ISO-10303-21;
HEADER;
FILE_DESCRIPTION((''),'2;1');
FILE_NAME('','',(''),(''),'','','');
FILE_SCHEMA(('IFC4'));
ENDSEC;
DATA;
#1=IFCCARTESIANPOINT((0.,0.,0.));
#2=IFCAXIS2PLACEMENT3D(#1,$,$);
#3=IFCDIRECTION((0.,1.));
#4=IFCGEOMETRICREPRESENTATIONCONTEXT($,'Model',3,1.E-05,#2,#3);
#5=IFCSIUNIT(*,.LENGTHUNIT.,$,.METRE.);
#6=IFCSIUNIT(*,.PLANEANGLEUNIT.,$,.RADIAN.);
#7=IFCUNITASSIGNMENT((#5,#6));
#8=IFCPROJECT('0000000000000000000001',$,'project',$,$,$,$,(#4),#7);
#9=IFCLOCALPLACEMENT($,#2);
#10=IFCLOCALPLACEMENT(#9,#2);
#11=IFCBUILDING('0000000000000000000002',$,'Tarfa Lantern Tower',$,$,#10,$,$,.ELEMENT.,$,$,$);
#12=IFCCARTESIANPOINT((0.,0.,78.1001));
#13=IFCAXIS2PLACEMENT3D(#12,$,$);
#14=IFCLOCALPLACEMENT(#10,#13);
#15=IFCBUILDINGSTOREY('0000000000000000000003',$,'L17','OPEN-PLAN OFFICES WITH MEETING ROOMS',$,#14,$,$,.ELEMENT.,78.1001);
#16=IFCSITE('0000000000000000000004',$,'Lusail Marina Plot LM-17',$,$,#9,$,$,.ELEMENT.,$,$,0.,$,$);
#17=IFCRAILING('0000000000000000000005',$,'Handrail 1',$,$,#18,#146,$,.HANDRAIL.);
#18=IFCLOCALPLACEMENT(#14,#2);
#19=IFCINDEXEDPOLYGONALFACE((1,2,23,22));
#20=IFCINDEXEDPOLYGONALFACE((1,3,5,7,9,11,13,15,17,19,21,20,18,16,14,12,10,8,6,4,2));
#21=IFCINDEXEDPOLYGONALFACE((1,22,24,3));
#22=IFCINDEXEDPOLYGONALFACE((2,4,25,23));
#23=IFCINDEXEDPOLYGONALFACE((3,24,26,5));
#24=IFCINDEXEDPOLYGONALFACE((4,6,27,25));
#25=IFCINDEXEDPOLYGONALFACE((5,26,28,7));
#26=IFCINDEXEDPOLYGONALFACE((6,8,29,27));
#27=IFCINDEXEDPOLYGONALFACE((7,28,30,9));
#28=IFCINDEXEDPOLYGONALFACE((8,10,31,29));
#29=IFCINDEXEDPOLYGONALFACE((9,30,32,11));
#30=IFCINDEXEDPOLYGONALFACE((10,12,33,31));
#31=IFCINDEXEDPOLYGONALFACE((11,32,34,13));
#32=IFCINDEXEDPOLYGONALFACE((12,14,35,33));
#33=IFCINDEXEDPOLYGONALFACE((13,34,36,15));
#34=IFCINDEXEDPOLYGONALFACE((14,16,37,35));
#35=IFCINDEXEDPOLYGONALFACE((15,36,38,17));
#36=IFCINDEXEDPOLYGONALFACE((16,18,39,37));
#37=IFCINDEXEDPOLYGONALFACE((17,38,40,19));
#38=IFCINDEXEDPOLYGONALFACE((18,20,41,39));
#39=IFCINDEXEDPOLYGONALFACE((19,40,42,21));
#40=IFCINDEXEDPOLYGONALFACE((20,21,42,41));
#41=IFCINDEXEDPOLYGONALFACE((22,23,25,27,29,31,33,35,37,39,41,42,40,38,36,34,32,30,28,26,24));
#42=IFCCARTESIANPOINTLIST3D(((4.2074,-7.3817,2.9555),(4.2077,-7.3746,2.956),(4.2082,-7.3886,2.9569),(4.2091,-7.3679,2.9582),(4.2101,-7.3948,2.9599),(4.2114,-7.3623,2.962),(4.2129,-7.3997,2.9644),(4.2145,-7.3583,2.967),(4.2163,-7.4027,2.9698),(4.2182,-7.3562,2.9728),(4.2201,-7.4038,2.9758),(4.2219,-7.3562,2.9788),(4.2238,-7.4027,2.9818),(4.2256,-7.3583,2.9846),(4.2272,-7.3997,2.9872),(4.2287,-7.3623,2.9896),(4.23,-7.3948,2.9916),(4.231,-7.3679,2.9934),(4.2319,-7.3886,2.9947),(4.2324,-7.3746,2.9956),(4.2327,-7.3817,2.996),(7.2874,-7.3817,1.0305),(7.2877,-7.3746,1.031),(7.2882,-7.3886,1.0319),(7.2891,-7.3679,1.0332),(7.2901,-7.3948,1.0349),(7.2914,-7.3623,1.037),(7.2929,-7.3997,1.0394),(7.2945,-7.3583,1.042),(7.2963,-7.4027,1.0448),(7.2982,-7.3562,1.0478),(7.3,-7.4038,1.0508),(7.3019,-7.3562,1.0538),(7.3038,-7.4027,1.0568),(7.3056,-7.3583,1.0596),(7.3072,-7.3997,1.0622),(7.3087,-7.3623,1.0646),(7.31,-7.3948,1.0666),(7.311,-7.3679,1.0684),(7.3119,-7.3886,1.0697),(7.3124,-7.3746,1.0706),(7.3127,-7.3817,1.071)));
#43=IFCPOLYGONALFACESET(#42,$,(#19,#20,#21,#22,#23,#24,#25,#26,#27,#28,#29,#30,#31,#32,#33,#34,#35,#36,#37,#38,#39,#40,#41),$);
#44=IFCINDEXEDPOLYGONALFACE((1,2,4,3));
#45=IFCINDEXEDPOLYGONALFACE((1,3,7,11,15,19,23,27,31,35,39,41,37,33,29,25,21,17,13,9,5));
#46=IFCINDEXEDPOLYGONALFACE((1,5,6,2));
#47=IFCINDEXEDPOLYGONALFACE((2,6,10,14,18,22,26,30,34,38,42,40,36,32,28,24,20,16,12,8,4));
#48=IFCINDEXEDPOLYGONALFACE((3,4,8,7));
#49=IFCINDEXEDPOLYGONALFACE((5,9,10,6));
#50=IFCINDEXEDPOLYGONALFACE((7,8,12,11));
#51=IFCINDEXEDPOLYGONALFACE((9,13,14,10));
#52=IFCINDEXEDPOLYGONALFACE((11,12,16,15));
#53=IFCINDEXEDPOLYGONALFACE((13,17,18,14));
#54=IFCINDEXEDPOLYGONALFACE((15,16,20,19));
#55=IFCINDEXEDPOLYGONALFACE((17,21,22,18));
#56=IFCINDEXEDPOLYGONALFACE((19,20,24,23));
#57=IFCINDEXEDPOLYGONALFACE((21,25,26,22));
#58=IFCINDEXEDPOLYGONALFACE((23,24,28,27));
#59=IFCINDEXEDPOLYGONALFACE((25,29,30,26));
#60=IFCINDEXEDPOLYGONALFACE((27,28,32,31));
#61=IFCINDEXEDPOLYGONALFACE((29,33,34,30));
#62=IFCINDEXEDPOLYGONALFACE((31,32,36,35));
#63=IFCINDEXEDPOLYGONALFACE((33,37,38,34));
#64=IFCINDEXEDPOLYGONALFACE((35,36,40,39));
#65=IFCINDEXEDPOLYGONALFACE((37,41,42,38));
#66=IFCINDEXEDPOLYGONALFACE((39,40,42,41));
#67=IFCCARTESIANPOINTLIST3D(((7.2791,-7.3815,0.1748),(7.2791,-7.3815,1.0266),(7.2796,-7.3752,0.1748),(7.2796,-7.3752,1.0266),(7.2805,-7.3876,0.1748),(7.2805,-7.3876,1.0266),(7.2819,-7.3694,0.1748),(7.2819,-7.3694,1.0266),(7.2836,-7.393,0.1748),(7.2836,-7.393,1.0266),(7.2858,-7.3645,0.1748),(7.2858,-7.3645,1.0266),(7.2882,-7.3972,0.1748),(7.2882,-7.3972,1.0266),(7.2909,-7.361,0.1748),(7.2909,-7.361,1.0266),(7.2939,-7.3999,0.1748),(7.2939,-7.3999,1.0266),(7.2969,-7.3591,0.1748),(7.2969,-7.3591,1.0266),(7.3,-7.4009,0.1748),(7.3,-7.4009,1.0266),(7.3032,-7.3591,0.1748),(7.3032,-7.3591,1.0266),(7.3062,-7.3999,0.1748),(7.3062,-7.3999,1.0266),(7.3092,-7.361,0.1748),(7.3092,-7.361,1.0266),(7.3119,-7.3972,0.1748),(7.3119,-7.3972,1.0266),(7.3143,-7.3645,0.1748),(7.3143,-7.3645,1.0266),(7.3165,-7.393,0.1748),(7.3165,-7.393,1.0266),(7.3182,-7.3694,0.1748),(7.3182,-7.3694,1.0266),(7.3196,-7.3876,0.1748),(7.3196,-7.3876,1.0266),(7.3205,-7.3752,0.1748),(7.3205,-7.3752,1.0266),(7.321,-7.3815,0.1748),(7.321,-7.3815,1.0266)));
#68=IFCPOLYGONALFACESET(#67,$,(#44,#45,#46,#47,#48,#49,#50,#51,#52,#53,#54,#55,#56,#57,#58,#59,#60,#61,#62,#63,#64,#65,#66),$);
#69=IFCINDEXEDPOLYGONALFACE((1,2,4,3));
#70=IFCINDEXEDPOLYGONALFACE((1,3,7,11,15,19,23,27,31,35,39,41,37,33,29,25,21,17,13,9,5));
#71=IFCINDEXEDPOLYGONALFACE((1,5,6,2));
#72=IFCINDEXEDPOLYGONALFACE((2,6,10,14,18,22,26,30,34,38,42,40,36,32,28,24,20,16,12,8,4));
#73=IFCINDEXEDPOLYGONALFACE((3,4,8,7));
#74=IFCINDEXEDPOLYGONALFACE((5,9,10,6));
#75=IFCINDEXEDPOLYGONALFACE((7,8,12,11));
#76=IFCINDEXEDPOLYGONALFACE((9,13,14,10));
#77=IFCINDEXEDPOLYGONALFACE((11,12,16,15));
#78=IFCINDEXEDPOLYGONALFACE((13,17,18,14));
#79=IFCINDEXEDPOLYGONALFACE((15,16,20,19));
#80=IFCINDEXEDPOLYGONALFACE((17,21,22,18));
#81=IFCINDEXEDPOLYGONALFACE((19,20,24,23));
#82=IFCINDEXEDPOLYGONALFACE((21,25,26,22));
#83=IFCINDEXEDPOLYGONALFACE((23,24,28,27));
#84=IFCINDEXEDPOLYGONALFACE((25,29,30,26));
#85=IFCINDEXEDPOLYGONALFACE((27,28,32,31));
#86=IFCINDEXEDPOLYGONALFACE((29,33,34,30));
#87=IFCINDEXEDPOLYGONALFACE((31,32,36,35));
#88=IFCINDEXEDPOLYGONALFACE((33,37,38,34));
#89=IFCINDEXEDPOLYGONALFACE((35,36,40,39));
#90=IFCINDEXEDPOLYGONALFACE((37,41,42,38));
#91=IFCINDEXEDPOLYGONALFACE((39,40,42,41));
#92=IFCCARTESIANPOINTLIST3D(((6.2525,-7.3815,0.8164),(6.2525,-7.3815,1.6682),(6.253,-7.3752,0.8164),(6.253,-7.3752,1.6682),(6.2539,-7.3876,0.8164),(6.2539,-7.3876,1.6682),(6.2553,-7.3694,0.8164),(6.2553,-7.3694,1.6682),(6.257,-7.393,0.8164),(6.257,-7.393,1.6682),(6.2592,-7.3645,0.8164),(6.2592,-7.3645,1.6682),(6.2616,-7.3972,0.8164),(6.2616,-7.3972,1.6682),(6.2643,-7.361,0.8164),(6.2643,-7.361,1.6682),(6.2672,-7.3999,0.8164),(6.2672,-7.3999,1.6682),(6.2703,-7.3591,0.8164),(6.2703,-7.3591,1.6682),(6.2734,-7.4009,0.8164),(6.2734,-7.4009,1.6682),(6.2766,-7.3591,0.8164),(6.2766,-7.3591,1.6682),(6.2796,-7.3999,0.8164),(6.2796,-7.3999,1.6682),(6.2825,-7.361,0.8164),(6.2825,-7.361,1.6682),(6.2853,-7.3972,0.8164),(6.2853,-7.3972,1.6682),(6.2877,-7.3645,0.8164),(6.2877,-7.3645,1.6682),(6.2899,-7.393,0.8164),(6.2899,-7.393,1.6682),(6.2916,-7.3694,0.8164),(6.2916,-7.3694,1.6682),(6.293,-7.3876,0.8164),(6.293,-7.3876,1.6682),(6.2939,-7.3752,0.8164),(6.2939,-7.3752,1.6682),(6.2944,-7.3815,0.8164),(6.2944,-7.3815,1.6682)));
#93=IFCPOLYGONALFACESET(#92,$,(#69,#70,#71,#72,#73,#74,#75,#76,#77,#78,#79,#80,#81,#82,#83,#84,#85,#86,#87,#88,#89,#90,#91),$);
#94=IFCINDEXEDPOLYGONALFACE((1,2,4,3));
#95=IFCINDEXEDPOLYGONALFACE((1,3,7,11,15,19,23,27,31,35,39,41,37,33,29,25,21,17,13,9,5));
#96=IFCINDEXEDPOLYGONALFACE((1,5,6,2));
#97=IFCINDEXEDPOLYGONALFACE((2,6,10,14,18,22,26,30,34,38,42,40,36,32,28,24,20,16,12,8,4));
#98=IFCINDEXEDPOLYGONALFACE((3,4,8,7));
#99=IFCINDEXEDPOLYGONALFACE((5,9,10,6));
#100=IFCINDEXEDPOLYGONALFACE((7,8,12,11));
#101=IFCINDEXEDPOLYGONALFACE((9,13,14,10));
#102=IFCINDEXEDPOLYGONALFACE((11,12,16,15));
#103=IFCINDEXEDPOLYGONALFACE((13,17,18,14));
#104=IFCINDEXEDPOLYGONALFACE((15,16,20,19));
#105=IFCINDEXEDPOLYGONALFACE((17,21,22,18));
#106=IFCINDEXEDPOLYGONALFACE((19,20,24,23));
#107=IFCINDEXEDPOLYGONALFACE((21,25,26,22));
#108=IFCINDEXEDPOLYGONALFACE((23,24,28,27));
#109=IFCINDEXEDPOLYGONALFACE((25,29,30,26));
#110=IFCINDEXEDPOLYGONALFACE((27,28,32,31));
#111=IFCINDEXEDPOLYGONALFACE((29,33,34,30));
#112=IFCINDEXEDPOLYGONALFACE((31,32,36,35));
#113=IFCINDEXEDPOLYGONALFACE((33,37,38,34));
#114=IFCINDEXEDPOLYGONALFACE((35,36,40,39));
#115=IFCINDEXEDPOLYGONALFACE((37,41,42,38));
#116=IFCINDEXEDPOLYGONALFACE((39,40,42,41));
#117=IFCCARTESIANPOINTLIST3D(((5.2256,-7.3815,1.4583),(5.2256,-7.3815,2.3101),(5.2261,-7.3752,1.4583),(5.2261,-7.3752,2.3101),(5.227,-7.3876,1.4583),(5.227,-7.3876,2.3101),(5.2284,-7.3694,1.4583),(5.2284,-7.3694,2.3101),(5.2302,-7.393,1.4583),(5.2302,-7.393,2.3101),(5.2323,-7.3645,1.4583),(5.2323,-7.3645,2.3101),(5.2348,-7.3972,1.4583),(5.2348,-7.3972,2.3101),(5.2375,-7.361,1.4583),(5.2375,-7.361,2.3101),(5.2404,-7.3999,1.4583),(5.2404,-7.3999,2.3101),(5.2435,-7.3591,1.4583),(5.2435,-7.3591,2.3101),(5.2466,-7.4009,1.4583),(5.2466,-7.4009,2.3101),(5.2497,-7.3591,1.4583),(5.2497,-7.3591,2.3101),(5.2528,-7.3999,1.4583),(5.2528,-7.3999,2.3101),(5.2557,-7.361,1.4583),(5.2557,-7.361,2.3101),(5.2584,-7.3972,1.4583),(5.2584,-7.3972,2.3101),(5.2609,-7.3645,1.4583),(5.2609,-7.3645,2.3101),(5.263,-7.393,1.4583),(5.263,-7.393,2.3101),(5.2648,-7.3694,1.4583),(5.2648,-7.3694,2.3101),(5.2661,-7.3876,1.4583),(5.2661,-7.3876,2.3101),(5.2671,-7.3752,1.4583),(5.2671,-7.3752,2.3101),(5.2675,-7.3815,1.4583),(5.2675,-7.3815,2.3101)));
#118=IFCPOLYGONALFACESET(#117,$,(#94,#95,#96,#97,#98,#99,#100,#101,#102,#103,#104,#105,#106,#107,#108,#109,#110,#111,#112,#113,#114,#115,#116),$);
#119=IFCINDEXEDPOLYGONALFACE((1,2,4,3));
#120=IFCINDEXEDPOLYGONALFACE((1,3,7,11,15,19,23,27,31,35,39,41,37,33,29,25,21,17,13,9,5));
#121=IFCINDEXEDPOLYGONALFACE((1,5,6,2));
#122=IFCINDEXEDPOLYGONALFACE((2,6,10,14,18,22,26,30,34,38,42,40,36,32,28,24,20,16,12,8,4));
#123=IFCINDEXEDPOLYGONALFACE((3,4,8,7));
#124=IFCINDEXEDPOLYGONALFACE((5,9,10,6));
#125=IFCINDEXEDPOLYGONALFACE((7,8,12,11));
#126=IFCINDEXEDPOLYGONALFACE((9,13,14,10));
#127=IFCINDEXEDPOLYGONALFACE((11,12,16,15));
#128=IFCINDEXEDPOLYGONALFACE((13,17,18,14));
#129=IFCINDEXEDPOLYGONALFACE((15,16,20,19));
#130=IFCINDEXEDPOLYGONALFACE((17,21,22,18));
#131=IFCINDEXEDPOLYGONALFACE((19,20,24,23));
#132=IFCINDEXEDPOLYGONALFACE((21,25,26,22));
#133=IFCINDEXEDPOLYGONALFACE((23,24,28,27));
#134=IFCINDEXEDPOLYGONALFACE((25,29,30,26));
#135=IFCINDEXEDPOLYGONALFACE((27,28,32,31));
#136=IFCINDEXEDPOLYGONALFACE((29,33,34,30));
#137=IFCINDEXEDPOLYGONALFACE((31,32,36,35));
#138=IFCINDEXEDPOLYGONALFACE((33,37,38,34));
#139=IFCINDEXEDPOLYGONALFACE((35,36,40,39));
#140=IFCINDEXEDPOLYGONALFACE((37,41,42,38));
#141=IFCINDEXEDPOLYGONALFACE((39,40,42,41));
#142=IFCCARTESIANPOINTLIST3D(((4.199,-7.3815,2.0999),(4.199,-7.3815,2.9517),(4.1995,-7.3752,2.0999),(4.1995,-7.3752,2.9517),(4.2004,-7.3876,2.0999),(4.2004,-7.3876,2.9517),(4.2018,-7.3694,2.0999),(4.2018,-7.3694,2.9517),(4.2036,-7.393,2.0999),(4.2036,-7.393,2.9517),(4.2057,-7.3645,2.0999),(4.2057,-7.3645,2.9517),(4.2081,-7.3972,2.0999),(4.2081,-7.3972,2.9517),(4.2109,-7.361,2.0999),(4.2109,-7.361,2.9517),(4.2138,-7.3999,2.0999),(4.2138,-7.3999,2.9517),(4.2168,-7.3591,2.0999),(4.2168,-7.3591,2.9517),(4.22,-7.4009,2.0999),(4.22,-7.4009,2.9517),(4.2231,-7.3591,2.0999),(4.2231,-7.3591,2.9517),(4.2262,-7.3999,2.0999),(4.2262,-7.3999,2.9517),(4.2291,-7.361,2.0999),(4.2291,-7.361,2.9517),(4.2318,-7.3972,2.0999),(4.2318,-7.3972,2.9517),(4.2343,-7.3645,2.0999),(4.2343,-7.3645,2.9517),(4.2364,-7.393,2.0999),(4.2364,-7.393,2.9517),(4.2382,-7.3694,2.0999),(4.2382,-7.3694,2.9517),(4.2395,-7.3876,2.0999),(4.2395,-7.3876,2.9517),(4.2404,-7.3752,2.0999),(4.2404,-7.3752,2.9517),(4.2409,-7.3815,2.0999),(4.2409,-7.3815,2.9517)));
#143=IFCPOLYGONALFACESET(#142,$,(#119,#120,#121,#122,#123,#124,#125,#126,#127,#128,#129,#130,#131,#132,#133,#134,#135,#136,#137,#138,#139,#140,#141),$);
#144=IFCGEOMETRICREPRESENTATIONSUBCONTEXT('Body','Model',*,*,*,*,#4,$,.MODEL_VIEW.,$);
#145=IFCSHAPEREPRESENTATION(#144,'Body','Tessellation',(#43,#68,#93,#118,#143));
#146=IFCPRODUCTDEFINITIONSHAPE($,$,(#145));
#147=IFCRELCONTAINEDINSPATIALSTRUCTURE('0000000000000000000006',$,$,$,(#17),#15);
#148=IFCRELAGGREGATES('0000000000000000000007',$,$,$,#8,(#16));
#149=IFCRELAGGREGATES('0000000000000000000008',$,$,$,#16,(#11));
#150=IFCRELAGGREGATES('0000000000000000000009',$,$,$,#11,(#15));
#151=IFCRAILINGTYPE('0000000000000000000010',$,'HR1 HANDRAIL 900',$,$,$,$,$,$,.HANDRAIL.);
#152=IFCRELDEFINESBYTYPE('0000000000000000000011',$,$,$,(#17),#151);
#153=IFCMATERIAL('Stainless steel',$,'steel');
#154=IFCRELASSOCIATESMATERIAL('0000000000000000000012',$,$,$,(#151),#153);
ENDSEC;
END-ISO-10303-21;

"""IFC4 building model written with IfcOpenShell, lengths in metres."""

from ifc_helpers import new_model, si_unit, direction, frame, origin, origin_2d, place, context, subcontext, project, spatial, circle, extrude, material, type_object, element, save


model = new_model("IFC4")

# Units and contexts
model_context = context("Model", 3, precision=1e-05, world=origin(), true_north=direction((0.0, 1.0)))
body_context = subcontext(model_context, "Body", "Model", "MODEL_VIEW")
ifc_project = project(units=[si_unit("LENGTHUNIT", "METRE"), si_unit("PLANEANGLEUNIT", "RADIAN")], contexts=[model_context])

# Site, building, storey
site_placement = place(None, origin())
site = spatial("IfcSite", under=ifc_project, at=site_placement, Name="Lusail Marina Plot LM-17", CompositionType="ELEMENT", RefElevation=0.0)
building_placement = place(site_placement, origin())
building = spatial("IfcBuilding", under=site, at=building_placement, Name="Tarfa Lantern Tower", CompositionType="ELEMENT")
storey_placement = place(building_placement, frame((0.0, 0.0, 78.1001)))
storey = spatial("IfcBuildingStorey", under=building, at=storey_placement, Name="L17", Description="OPEN-PLAN OFFICES WITH MEETING ROOMS", CompositionType="ELEMENT", Elevation=78.1001)

# Railing
ifc_material_1 = material(Name="Stainless steel", Category="steel")
railing_type = type_object("IfcRailingType", Name="HR1 HANDRAIL 900", PredefinedType="HANDRAIL", material=ifc_material_1)
railing_1_placement = place(storey_placement, frame((7.3, -7.3799, 0.1748)))
element("IfcRailing", 1, at=railing_1_placement, inside=storey, type_object=railing_type, Name="Handrail 1", PredefinedType="HANDRAIL", context=body_context, shape_type="SweptSolid", body=[
    extrude(circle(Radius=0.0239, at=origin_2d()), frame((0.0, 0.0, 0.876), z_axis=(-0.847998, 0.0, 0.529999), x_axis=(0.0, -1.0, 0.0)), (0.0, 0.0, 1.0), 3.6321),
    extrude(circle(Radius=0.021, at=origin_2d()), frame((0.0, 0.0, 0.0), z_axis=(0.0, 0.0, 1.0), x_axis=(0.0, -1.0, 0.0)), (0.0, 0.0, 1.0), 0.8518),
    extrude(circle(Radius=0.021, at=origin_2d()), frame((-1.0266, 0.0, 0.6416), z_axis=(0.0, 0.0, 1.0), x_axis=(0.0, -1.0, 0.0)), (0.0, 0.0, 1.0), 0.8518),
    extrude(circle(Radius=0.021, at=origin_2d()), frame((-2.0535, 0.0, 1.2834), z_axis=(0.0, 0.0, 1.0), x_axis=(0.0, -1.0, 0.0)), (0.0, 0.0, 1.0), 0.8518),
    extrude(circle(Radius=0.021, at=origin_2d()), frame((-3.0801, 0.0, 1.925), z_axis=(0.0, 0.0, 1.0), x_axis=(0.0, -1.0, 0.0)), (0.0, 0.0, 1.0), 0.8518),
])

save(model, "model.ifc")
